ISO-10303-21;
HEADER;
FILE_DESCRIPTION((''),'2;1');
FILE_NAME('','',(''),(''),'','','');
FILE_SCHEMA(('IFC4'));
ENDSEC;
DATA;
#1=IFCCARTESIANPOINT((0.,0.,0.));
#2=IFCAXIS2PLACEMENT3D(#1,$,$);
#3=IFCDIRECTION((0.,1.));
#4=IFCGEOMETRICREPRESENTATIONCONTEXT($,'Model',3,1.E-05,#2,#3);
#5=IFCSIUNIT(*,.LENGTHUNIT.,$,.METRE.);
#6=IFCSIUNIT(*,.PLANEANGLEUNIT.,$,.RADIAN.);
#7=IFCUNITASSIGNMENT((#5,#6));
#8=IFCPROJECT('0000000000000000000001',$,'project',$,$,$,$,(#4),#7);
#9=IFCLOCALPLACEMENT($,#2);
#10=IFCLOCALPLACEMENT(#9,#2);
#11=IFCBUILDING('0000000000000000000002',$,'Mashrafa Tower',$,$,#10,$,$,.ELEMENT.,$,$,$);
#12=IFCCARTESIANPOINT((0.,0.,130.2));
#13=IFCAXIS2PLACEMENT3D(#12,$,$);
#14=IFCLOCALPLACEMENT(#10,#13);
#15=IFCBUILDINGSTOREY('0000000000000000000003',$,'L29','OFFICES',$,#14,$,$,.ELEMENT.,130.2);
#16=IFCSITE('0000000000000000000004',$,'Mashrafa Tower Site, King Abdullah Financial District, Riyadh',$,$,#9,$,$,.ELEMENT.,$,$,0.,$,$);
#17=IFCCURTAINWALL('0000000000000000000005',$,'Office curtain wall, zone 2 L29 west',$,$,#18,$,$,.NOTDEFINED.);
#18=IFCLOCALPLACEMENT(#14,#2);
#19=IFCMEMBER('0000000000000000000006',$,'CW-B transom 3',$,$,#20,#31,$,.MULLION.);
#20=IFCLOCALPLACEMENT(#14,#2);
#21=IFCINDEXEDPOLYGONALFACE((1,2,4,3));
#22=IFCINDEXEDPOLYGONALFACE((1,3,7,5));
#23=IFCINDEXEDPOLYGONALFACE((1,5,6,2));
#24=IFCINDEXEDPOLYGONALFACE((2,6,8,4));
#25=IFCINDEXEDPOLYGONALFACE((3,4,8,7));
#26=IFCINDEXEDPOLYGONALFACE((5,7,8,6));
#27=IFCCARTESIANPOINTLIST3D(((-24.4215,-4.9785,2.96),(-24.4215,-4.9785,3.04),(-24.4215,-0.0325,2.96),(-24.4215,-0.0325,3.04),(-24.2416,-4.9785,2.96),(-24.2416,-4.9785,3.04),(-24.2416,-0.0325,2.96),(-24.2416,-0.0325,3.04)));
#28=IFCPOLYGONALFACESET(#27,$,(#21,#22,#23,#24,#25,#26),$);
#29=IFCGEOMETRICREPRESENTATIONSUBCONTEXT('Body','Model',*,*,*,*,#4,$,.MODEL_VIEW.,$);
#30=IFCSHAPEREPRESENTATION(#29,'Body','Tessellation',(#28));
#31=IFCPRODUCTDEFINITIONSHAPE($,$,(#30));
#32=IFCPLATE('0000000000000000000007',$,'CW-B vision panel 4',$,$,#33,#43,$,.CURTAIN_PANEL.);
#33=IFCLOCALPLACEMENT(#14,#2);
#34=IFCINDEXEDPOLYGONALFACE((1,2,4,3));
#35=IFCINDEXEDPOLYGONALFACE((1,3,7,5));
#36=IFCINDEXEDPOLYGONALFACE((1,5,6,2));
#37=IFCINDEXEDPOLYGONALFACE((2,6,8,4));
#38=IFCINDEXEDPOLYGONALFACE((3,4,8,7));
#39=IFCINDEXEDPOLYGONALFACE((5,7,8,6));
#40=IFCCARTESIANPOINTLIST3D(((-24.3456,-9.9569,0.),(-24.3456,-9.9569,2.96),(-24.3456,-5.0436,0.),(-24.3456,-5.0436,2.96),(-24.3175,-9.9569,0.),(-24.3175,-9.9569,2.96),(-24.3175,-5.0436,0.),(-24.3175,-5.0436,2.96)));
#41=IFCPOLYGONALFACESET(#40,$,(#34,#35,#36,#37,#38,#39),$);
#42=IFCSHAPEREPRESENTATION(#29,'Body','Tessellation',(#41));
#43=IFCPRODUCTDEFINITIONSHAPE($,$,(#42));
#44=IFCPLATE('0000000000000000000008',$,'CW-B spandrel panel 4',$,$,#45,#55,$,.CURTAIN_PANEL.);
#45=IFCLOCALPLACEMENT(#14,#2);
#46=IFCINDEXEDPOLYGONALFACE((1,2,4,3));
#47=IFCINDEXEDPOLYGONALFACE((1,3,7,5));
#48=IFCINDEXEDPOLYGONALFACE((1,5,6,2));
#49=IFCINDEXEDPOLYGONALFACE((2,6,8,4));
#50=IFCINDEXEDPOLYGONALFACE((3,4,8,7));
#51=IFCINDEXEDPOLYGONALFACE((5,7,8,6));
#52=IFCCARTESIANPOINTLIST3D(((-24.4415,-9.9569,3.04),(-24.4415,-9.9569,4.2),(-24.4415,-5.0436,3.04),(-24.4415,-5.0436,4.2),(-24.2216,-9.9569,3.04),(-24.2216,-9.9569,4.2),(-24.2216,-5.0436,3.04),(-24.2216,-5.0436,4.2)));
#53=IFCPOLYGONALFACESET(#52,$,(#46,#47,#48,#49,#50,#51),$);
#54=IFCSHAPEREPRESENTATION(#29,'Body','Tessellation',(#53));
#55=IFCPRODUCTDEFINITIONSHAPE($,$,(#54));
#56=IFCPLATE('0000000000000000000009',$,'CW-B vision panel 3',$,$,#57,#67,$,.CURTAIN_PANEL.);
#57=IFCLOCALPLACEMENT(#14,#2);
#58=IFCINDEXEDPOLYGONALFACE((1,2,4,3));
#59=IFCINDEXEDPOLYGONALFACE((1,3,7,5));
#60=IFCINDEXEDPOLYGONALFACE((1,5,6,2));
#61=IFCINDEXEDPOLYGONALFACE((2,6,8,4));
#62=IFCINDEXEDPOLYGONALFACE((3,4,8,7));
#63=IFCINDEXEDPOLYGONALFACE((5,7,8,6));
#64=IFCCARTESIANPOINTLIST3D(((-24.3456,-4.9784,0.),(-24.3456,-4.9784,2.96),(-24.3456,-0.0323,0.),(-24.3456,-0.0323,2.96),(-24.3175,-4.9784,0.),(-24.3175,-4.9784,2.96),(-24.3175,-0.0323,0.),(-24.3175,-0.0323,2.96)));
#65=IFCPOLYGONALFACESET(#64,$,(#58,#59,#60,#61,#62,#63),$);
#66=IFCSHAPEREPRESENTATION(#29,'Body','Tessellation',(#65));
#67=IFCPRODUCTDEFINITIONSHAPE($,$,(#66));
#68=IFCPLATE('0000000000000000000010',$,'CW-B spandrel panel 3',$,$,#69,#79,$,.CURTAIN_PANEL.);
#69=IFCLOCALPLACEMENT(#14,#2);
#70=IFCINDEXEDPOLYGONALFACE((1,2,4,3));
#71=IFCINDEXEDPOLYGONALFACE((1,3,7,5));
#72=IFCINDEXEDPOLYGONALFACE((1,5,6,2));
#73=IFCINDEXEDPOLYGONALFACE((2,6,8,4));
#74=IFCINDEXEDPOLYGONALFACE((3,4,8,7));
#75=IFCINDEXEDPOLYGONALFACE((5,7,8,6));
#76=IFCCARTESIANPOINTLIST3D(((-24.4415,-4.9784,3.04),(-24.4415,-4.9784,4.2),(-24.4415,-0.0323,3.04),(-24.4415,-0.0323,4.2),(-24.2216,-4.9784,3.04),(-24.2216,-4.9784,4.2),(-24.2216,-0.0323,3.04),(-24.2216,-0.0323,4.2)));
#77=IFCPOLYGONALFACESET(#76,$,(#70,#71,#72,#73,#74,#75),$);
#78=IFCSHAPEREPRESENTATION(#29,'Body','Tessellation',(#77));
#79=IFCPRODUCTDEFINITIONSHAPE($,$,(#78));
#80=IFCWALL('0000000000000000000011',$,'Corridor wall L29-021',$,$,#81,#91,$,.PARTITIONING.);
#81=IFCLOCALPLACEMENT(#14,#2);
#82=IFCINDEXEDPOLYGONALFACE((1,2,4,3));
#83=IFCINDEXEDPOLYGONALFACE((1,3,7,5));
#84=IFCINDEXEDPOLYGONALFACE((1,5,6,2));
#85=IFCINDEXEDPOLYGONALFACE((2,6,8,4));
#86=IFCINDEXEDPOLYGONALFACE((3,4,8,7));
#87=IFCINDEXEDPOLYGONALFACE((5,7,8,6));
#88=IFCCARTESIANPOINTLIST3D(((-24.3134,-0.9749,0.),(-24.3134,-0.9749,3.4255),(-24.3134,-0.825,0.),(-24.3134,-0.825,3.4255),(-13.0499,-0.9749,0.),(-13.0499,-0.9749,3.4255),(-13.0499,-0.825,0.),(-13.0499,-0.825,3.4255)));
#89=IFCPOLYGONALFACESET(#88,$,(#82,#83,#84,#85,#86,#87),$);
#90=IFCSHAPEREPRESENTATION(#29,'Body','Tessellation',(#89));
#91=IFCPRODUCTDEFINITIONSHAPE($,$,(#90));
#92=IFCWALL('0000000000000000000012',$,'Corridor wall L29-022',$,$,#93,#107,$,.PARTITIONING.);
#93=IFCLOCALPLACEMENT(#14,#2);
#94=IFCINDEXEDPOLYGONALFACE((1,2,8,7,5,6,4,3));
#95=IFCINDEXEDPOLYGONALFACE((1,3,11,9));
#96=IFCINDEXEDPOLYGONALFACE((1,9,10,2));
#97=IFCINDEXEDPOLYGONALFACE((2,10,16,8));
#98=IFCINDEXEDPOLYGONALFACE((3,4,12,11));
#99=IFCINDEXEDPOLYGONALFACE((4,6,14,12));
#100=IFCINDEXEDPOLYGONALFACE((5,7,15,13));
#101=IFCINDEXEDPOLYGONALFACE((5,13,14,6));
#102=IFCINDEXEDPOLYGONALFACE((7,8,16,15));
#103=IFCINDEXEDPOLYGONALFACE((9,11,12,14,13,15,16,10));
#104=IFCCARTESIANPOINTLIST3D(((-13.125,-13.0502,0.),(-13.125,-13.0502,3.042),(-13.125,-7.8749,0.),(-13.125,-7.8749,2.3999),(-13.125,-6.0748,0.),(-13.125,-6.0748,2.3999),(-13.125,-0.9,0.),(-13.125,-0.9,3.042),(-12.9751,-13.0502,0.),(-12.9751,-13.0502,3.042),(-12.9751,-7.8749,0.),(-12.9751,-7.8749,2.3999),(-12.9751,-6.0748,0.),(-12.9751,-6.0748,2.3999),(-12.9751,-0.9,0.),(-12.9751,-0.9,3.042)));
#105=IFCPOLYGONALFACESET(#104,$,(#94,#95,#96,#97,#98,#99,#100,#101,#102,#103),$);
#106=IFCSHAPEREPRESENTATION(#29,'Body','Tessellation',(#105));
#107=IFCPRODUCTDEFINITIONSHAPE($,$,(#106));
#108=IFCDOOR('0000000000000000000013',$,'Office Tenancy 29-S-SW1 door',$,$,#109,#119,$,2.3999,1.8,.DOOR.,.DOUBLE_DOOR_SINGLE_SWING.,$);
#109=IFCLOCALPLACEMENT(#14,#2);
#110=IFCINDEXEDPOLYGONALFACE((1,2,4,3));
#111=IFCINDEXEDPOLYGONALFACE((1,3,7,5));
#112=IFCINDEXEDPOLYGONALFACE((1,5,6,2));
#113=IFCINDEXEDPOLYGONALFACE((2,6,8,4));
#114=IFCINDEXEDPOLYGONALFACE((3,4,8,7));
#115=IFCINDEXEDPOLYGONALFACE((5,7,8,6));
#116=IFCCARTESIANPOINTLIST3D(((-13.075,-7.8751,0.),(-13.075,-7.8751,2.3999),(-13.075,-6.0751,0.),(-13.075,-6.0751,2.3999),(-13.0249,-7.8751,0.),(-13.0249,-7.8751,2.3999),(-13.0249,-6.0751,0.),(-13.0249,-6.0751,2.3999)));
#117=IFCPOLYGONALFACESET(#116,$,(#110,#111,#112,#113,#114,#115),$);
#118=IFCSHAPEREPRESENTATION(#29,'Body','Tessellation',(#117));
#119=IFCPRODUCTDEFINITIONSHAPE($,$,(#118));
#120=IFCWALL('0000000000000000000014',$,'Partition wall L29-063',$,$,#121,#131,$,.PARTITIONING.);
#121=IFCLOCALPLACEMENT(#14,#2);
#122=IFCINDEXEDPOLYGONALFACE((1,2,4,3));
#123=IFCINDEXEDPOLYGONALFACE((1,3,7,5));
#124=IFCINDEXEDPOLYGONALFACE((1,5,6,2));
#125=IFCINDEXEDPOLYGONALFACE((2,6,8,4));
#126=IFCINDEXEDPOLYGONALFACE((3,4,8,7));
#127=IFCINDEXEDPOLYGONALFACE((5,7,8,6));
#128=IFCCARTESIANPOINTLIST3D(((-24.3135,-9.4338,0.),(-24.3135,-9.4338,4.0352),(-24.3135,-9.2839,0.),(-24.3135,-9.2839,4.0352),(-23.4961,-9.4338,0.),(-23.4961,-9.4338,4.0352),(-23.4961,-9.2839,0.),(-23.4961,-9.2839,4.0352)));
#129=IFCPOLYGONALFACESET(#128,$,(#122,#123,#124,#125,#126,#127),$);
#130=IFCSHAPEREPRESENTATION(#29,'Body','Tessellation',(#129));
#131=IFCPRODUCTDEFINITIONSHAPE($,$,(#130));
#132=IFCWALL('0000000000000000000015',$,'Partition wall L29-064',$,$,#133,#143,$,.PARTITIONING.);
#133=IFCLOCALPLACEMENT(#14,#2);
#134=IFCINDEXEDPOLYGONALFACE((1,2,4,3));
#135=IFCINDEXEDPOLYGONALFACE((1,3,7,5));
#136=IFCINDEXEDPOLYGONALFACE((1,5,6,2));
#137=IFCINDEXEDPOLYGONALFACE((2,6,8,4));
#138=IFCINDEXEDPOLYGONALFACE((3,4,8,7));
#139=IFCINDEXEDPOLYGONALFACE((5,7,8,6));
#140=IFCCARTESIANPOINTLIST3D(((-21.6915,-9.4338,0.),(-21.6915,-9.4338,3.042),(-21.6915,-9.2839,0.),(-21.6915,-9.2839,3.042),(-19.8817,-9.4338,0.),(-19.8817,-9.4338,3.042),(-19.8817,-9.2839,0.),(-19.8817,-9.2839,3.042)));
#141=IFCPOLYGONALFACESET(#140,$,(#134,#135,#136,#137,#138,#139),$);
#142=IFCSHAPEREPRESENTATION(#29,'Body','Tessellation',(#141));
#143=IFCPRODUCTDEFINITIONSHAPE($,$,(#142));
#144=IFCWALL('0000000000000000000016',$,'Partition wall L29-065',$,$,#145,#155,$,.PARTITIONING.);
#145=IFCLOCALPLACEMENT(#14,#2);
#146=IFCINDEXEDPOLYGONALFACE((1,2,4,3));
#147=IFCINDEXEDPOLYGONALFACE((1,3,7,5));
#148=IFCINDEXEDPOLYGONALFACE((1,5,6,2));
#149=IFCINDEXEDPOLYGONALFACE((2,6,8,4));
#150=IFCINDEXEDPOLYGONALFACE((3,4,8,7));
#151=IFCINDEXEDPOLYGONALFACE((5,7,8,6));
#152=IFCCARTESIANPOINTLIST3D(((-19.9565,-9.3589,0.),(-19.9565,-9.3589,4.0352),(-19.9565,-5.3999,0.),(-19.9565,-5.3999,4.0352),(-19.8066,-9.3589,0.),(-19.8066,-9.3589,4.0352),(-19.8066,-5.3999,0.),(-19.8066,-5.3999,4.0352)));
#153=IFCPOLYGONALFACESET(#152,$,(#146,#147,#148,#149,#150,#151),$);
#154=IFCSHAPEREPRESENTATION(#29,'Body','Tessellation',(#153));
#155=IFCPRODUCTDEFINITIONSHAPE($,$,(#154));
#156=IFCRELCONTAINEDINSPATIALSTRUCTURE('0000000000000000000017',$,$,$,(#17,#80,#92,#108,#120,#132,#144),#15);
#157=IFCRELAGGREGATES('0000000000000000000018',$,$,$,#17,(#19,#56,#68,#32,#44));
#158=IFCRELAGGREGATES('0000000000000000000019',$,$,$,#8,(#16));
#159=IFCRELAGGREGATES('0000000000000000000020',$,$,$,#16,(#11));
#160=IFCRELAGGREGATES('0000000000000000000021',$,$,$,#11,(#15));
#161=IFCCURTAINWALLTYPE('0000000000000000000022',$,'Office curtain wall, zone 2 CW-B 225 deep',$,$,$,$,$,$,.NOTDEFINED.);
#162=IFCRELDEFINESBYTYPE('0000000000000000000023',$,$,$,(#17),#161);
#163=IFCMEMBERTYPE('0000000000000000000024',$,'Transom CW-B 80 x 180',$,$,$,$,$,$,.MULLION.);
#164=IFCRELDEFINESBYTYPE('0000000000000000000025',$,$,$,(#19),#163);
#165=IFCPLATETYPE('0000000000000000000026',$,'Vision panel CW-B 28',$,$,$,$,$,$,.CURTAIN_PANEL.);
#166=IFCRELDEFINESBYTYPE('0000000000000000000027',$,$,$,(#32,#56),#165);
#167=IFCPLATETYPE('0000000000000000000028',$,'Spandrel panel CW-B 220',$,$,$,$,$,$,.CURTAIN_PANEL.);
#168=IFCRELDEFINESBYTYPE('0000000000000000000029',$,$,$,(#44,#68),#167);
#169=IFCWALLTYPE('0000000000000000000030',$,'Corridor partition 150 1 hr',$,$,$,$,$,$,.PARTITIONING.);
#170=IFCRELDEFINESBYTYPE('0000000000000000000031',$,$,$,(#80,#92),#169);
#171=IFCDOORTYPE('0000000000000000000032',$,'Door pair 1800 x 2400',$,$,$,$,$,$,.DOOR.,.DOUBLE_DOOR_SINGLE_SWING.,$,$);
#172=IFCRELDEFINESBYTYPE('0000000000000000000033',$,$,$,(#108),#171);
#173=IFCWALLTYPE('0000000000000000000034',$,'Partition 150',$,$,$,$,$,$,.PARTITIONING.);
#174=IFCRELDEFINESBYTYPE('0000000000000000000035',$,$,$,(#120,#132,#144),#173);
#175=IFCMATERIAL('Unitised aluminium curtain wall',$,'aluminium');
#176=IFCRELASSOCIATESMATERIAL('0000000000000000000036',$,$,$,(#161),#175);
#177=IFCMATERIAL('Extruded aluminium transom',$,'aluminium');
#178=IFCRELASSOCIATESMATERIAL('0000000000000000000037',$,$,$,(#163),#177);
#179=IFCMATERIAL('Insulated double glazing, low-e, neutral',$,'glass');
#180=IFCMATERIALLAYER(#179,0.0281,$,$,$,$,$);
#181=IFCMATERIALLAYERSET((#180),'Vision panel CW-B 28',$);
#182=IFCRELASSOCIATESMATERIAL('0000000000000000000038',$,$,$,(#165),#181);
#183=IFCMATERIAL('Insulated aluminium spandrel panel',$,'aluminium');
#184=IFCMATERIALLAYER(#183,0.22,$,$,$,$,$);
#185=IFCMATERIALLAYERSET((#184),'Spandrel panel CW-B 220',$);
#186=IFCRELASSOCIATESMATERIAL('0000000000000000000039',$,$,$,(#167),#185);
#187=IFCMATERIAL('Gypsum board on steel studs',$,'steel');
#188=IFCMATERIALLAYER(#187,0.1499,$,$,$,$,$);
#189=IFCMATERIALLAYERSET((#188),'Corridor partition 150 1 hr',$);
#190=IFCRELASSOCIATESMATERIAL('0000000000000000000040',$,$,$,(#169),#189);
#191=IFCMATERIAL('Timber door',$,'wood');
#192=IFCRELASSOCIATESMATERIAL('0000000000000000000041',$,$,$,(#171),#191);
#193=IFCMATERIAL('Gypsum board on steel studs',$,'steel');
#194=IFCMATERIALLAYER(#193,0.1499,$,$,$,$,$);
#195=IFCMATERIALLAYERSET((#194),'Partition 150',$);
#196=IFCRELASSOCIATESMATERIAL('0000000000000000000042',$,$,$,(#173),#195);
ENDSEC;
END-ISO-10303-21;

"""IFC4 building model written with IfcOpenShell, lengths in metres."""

from ifc_helpers import new_model, si_unit, direction, frame, frame_2d, origin, origin_2d, place, context, subcontext, project, spatial, rectangle, extrude, source, transform, mapped, material, layer, layer_set, material_profile, profile_set, type_object, type_shapes, element, fill, aggregate, save


model = new_model("IFC4")

# Units and contexts
model_context = context("Model", 3, precision=1e-05, world=origin(), true_north=direction((0.0, 1.0)))
body_context = subcontext(model_context, "Body", "Model", "MODEL_VIEW")
ifc_project = project(units=[si_unit("LENGTHUNIT", "METRE"), si_unit("PLANEANGLEUNIT", "RADIAN")], contexts=[model_context])

# Site, building, storey
site_placement = place(None, origin())
site = spatial("IfcSite", under=ifc_project, at=site_placement, Name="Mashrafa Tower Site, King Abdullah Financial District, Riyadh", CompositionType="ELEMENT", RefElevation=0.0)
building_placement = place(site_placement, origin())
building = spatial("IfcBuilding", under=site, at=building_placement, Name="Mashrafa Tower", CompositionType="ELEMENT")
storey_placement = place(building_placement, frame((0.0, 0.0, 130.2)))
storey = spatial("IfcBuildingStorey", under=building, at=storey_placement, Name="L29", Description="OFFICES", CompositionType="ELEMENT", Elevation=130.2)

# Curtain wall
ifc_material_1 = material(Name="Unitised aluminium curtain wall", Category="aluminium")
curtain_wall_type = type_object("IfcCurtainWallType", Name="Office curtain wall, zone 2 CW-B 225 deep", PredefinedType="NOTDEFINED", material=ifc_material_1)
curtain_wall_1_placement = place(storey_placement, origin())
curtain_wall_1 = element("IfcCurtainWall", 1, at=curtain_wall_1_placement, inside=storey, type_object=curtain_wall_type, Name="Office curtain wall, zone 2 L29 west", PredefinedType="NOTDEFINED")

# Member
ifc_material_2 = material(Name="Extruded aluminium transom", Category="aluminium")
ifc_material_profile_1 = material_profile(ifc_material_2, rectangle(XDim=0.1799, YDim=0.0801, at=origin_2d()), Name="Transom 80x180")
ifc_profile_set_1 = profile_set([ifc_material_profile_1], Name="Extruded aluminium transom")
member_type_1 = type_object("IfcMemberType", Name="Transom CW-B 80 x 180", PredefinedType="MULLION", material=ifc_profile_set_1)
shared_shape_1 = source(origin(), body_context, "Body", "SweptSolid", [
    extrude(rectangle(XDim=0.1799, YDim=0.0801, at=origin_2d()), origin(), (0.0, 0.0, 1.0), 4.946),
])
member_1_placement = place(storey_placement, frame((-24.3315, -0.0325, 3.0), z_axis=(0.0, -1.0, 0.0), x_axis=(1.0, 0.0, 0.0)))
member_1 = element("IfcMember", 2, at=member_1_placement, type_object=member_type_1, Name="CW-B transom 3", PredefinedType="MULLION", context=body_context, shape_type="MappedRepresentation", body=[
    mapped(shared_shape_1, transform((0.0, 0.0, 0.0))),
])

# Plates
ifc_material_3 = material(Name="Insulated double glazing, low-e, neutral", Category="glass")
ifc_layer_1 = layer(ifc_material_3, 0.0281)
ifc_layer_set_1 = layer_set([ifc_layer_1], Name="Vision panel CW-B 28")
plate_type_1 = type_object("IfcPlateType", Name="Vision panel CW-B 28", PredefinedType="CURTAIN_PANEL", material=ifc_layer_set_1)
shared_shape_2 = source(origin(), body_context, "Body", "SweptSolid", [
    extrude(rectangle(XDim=4.9133, YDim=0.0281, at=origin_2d()), origin(), (0.0, 0.0, 1.0), 2.96),
])
plate_1_placement = place(storey_placement, frame((-24.3315, -7.5002, 0.0), z_axis=(0.0, 0.0, 1.0), x_axis=(0.0, -1.0, 0.0)))
plate_1 = element("IfcPlate", 3, at=plate_1_placement, type_object=plate_type_1, Name="CW-B vision panel 4", PredefinedType="CURTAIN_PANEL", context=body_context, shape_type="MappedRepresentation", body=[
    mapped(shared_shape_2, transform((0.0, 0.0, 0.0))),
])
ifc_material_4 = material(Name="Insulated aluminium spandrel panel", Category="aluminium")
ifc_layer_2 = layer(ifc_material_4, 0.22)
ifc_layer_set_2 = layer_set([ifc_layer_2], Name="Spandrel panel CW-B 220")
plate_type_2 = type_object("IfcPlateType", Name="Spandrel panel CW-B 220", PredefinedType="CURTAIN_PANEL", material=ifc_layer_set_2)
shared_shape_3 = source(origin(), body_context, "Body", "SweptSolid", [
    extrude(rectangle(XDim=4.9133, YDim=0.22, at=origin_2d()), origin(), (0.0, 0.0, 1.0), 1.1599),
])
plate_2_placement = place(storey_placement, frame((-24.3315, -7.5002, 3.04), z_axis=(0.0, 0.0, 1.0), x_axis=(0.0, -1.0, 0.0)))
plate_2 = element("IfcPlate", 4, at=plate_2_placement, type_object=plate_type_2, Name="CW-B spandrel panel 4", PredefinedType="CURTAIN_PANEL", context=body_context, shape_type="MappedRepresentation", body=[
    mapped(shared_shape_3, transform((0.0, 0.0, 0.0))),
])
shared_shape_4 = source(origin(), body_context, "Body", "SweptSolid", [
    extrude(rectangle(XDim=4.946, YDim=0.0281, at=origin_2d()), origin(), (0.0, 0.0, 1.0), 2.96),
])
type_shapes(plate_type_1, [shared_shape_2, shared_shape_4])
plate_3_placement = place(storey_placement, frame((-24.3315, -2.5054, 0.0), z_axis=(0.0, 0.0, 1.0), x_axis=(0.0, -1.0, 0.0)))
plate_3 = element("IfcPlate", 5, at=plate_3_placement, type_object=plate_type_1, Name="CW-B vision panel 3", PredefinedType="CURTAIN_PANEL", context=body_context, shape_type="MappedRepresentation", body=[
    mapped(shared_shape_4, transform((0.0, 0.0, 0.0))),
])
shared_shape_5 = source(origin(), body_context, "Body", "SweptSolid", [
    extrude(rectangle(XDim=4.946, YDim=0.22, at=origin_2d()), origin(), (0.0, 0.0, 1.0), 1.1599),
])
type_shapes(plate_type_2, [shared_shape_3, shared_shape_5])
plate_4_placement = place(storey_placement, frame((-24.3315, -2.5054, 3.04), z_axis=(0.0, 0.0, 1.0), x_axis=(0.0, -1.0, 0.0)))
plate_4 = element("IfcPlate", 6, at=plate_4_placement, type_object=plate_type_2, Name="CW-B spandrel panel 3", PredefinedType="CURTAIN_PANEL", context=body_context, shape_type="MappedRepresentation", body=[
    mapped(shared_shape_5, transform((0.0, 0.0, 0.0))),
])
aggregate(curtain_wall_1, [member_1, plate_3, plate_4, plate_1, plate_2])

# Wall
ifc_material_5 = material(Name="Gypsum board on steel studs", Category="steel")
ifc_layer_3 = layer(ifc_material_5, 0.1499)
ifc_layer_set_3 = layer_set([ifc_layer_3], Name="Corridor partition 150 1 hr")
wall_type_1 = type_object("IfcWallType", Name="Corridor partition 150 1 hr", PredefinedType="PARTITIONING", material=ifc_layer_set_3)
wall_1_placement = place(storey_placement, frame((-24.3135, -0.8999, 0.0), z_axis=(0.0, 0.0, 1.0), x_axis=(1.0, 0.0, 0.0)))
element("IfcWall", 7, at=wall_1_placement, inside=storey, type_object=wall_type_1, Name="Corridor wall L29-021", PredefinedType="PARTITIONING", context=body_context, shape_type="SweptSolid", body=[
    extrude(rectangle(XDim=11.2634, YDim=0.1499, at=frame_2d((5.6318, 0.0))), origin(), (0.0, 0.0, 1.0), 3.4255),
])

# Wall, opening, door
wall_2_placement = place(storey_placement, frame((-13.05, -0.8999, 0.0), z_axis=(0.0, 0.0, 1.0), x_axis=(0.0, -1.0, 0.0)))
wall_2 = element("IfcWall", 8, at=wall_2_placement, inside=storey, type_object=wall_type_1, Name="Corridor wall L29-022", PredefinedType="PARTITIONING", context=body_context, shape_type="SweptSolid", body=[
    extrude(rectangle(XDim=12.1501, YDim=0.1499, at=frame_2d((6.0752, 0.0))), origin(), (0.0, 0.0, 1.0), 3.042),
])
opening_1_placement = place(wall_2_placement, frame((5.175, 0.0, 0.0)))
opening_1 = element("IfcOpeningElement", 9, at=opening_1_placement, cuts=wall_2, PredefinedType="OPENING", context=body_context, shape_type="SweptSolid", body=[
    extrude(rectangle(XDim=1.8, YDim=2.3999, at=frame_2d((0.8999, 1.2))), frame((0.0, 0.085, 0.0), z_axis=(0.0, -1.0, 0.0), x_axis=(1.0, 0.0, 0.0)), (0.0, 0.0, 1.0), 0.1699),
])
ifc_material_6 = material(Name="Timber door", Category="wood")
door_type_1 = type_object("IfcDoorType", Name="Door pair 1800 x 2400", OperationType="DOUBLE_DOOR_SINGLE_SWING", PredefinedType="DOOR", material=ifc_material_6)
door_1_placement = place(opening_1_placement, frame((1.8, 0.0, 0.0), z_axis=(0.0, 0.0, 1.0), x_axis=(-1.0, 0.0, 0.0)))
door_1 = element("IfcDoor", 10, at=door_1_placement, inside=storey, type_object=door_type_1, Name="Office Tenancy 29-S-SW1 door", OperationType="DOUBLE_DOOR_SINGLE_SWING", OverallHeight=2.3999, OverallWidth=1.8, PredefinedType="DOOR", context=body_context, shape_type="SweptSolid", body=[
    extrude(rectangle(XDim=1.8, YDim=2.3999, at=frame_2d((0.8999, 1.2))), frame((0.0, 0.0249, 0.0), z_axis=(0.0, -1.0, 0.0), x_axis=(1.0, 0.0, 0.0)), (0.0, 0.0, 1.0), 0.05),
])
fill(opening_1, door_1)

# Walls
ifc_material_7 = material(Name="Gypsum board on steel studs", Category="steel")
ifc_layer_4 = layer(ifc_material_7, 0.1499)
ifc_layer_set_4 = layer_set([ifc_layer_4], Name="Partition 150")
wall_type_2 = type_object("IfcWallType", Name="Partition 150", PredefinedType="PARTITIONING", material=ifc_layer_set_4)
wall_3_placement = place(storey_placement, frame((-24.3135, -9.3589, 0.0), z_axis=(0.0, 0.0, 1.0), x_axis=(1.0, 0.0, 0.0)))
element("IfcWall", 11, at=wall_3_placement, inside=storey, type_object=wall_type_2, Name="Partition wall L29-063", PredefinedType="PARTITIONING", context=body_context, shape_type="SweptSolid", body=[
    extrude(rectangle(XDim=0.8174, YDim=0.1499, at=frame_2d((0.4087, 0.0))), origin(), (0.0, 0.0, 1.0), 4.0352),
])
wall_4_placement = place(storey_placement, frame((-21.6914, -9.3589, 0.0), z_axis=(0.0, 0.0, 1.0), x_axis=(1.0, 0.0, 0.0)))
element("IfcWall", 12, at=wall_4_placement, inside=storey, type_object=wall_type_2, Name="Partition wall L29-064", PredefinedType="PARTITIONING", context=body_context, shape_type="SweptSolid", body=[
    extrude(rectangle(XDim=1.8098, YDim=0.1499, at=frame_2d((0.9048, 0.0))), origin(), (0.0, 0.0, 1.0), 3.042),
])
wall_5_placement = place(storey_placement, frame((-19.8816, -9.3589, 0.0), z_axis=(0.0, 0.0, 1.0), x_axis=(0.0, 1.0, 0.0)))
element("IfcWall", 13, at=wall_5_placement, inside=storey, type_object=wall_type_2, Name="Partition wall L29-065", PredefinedType="PARTITIONING", context=body_context, shape_type="SweptSolid", body=[
    extrude(rectangle(XDim=3.959, YDim=0.1499, at=frame_2d((1.9795, 0.0))), origin(), (0.0, 0.0, 1.0), 4.0352),
])

save(model, "model.ifc")
